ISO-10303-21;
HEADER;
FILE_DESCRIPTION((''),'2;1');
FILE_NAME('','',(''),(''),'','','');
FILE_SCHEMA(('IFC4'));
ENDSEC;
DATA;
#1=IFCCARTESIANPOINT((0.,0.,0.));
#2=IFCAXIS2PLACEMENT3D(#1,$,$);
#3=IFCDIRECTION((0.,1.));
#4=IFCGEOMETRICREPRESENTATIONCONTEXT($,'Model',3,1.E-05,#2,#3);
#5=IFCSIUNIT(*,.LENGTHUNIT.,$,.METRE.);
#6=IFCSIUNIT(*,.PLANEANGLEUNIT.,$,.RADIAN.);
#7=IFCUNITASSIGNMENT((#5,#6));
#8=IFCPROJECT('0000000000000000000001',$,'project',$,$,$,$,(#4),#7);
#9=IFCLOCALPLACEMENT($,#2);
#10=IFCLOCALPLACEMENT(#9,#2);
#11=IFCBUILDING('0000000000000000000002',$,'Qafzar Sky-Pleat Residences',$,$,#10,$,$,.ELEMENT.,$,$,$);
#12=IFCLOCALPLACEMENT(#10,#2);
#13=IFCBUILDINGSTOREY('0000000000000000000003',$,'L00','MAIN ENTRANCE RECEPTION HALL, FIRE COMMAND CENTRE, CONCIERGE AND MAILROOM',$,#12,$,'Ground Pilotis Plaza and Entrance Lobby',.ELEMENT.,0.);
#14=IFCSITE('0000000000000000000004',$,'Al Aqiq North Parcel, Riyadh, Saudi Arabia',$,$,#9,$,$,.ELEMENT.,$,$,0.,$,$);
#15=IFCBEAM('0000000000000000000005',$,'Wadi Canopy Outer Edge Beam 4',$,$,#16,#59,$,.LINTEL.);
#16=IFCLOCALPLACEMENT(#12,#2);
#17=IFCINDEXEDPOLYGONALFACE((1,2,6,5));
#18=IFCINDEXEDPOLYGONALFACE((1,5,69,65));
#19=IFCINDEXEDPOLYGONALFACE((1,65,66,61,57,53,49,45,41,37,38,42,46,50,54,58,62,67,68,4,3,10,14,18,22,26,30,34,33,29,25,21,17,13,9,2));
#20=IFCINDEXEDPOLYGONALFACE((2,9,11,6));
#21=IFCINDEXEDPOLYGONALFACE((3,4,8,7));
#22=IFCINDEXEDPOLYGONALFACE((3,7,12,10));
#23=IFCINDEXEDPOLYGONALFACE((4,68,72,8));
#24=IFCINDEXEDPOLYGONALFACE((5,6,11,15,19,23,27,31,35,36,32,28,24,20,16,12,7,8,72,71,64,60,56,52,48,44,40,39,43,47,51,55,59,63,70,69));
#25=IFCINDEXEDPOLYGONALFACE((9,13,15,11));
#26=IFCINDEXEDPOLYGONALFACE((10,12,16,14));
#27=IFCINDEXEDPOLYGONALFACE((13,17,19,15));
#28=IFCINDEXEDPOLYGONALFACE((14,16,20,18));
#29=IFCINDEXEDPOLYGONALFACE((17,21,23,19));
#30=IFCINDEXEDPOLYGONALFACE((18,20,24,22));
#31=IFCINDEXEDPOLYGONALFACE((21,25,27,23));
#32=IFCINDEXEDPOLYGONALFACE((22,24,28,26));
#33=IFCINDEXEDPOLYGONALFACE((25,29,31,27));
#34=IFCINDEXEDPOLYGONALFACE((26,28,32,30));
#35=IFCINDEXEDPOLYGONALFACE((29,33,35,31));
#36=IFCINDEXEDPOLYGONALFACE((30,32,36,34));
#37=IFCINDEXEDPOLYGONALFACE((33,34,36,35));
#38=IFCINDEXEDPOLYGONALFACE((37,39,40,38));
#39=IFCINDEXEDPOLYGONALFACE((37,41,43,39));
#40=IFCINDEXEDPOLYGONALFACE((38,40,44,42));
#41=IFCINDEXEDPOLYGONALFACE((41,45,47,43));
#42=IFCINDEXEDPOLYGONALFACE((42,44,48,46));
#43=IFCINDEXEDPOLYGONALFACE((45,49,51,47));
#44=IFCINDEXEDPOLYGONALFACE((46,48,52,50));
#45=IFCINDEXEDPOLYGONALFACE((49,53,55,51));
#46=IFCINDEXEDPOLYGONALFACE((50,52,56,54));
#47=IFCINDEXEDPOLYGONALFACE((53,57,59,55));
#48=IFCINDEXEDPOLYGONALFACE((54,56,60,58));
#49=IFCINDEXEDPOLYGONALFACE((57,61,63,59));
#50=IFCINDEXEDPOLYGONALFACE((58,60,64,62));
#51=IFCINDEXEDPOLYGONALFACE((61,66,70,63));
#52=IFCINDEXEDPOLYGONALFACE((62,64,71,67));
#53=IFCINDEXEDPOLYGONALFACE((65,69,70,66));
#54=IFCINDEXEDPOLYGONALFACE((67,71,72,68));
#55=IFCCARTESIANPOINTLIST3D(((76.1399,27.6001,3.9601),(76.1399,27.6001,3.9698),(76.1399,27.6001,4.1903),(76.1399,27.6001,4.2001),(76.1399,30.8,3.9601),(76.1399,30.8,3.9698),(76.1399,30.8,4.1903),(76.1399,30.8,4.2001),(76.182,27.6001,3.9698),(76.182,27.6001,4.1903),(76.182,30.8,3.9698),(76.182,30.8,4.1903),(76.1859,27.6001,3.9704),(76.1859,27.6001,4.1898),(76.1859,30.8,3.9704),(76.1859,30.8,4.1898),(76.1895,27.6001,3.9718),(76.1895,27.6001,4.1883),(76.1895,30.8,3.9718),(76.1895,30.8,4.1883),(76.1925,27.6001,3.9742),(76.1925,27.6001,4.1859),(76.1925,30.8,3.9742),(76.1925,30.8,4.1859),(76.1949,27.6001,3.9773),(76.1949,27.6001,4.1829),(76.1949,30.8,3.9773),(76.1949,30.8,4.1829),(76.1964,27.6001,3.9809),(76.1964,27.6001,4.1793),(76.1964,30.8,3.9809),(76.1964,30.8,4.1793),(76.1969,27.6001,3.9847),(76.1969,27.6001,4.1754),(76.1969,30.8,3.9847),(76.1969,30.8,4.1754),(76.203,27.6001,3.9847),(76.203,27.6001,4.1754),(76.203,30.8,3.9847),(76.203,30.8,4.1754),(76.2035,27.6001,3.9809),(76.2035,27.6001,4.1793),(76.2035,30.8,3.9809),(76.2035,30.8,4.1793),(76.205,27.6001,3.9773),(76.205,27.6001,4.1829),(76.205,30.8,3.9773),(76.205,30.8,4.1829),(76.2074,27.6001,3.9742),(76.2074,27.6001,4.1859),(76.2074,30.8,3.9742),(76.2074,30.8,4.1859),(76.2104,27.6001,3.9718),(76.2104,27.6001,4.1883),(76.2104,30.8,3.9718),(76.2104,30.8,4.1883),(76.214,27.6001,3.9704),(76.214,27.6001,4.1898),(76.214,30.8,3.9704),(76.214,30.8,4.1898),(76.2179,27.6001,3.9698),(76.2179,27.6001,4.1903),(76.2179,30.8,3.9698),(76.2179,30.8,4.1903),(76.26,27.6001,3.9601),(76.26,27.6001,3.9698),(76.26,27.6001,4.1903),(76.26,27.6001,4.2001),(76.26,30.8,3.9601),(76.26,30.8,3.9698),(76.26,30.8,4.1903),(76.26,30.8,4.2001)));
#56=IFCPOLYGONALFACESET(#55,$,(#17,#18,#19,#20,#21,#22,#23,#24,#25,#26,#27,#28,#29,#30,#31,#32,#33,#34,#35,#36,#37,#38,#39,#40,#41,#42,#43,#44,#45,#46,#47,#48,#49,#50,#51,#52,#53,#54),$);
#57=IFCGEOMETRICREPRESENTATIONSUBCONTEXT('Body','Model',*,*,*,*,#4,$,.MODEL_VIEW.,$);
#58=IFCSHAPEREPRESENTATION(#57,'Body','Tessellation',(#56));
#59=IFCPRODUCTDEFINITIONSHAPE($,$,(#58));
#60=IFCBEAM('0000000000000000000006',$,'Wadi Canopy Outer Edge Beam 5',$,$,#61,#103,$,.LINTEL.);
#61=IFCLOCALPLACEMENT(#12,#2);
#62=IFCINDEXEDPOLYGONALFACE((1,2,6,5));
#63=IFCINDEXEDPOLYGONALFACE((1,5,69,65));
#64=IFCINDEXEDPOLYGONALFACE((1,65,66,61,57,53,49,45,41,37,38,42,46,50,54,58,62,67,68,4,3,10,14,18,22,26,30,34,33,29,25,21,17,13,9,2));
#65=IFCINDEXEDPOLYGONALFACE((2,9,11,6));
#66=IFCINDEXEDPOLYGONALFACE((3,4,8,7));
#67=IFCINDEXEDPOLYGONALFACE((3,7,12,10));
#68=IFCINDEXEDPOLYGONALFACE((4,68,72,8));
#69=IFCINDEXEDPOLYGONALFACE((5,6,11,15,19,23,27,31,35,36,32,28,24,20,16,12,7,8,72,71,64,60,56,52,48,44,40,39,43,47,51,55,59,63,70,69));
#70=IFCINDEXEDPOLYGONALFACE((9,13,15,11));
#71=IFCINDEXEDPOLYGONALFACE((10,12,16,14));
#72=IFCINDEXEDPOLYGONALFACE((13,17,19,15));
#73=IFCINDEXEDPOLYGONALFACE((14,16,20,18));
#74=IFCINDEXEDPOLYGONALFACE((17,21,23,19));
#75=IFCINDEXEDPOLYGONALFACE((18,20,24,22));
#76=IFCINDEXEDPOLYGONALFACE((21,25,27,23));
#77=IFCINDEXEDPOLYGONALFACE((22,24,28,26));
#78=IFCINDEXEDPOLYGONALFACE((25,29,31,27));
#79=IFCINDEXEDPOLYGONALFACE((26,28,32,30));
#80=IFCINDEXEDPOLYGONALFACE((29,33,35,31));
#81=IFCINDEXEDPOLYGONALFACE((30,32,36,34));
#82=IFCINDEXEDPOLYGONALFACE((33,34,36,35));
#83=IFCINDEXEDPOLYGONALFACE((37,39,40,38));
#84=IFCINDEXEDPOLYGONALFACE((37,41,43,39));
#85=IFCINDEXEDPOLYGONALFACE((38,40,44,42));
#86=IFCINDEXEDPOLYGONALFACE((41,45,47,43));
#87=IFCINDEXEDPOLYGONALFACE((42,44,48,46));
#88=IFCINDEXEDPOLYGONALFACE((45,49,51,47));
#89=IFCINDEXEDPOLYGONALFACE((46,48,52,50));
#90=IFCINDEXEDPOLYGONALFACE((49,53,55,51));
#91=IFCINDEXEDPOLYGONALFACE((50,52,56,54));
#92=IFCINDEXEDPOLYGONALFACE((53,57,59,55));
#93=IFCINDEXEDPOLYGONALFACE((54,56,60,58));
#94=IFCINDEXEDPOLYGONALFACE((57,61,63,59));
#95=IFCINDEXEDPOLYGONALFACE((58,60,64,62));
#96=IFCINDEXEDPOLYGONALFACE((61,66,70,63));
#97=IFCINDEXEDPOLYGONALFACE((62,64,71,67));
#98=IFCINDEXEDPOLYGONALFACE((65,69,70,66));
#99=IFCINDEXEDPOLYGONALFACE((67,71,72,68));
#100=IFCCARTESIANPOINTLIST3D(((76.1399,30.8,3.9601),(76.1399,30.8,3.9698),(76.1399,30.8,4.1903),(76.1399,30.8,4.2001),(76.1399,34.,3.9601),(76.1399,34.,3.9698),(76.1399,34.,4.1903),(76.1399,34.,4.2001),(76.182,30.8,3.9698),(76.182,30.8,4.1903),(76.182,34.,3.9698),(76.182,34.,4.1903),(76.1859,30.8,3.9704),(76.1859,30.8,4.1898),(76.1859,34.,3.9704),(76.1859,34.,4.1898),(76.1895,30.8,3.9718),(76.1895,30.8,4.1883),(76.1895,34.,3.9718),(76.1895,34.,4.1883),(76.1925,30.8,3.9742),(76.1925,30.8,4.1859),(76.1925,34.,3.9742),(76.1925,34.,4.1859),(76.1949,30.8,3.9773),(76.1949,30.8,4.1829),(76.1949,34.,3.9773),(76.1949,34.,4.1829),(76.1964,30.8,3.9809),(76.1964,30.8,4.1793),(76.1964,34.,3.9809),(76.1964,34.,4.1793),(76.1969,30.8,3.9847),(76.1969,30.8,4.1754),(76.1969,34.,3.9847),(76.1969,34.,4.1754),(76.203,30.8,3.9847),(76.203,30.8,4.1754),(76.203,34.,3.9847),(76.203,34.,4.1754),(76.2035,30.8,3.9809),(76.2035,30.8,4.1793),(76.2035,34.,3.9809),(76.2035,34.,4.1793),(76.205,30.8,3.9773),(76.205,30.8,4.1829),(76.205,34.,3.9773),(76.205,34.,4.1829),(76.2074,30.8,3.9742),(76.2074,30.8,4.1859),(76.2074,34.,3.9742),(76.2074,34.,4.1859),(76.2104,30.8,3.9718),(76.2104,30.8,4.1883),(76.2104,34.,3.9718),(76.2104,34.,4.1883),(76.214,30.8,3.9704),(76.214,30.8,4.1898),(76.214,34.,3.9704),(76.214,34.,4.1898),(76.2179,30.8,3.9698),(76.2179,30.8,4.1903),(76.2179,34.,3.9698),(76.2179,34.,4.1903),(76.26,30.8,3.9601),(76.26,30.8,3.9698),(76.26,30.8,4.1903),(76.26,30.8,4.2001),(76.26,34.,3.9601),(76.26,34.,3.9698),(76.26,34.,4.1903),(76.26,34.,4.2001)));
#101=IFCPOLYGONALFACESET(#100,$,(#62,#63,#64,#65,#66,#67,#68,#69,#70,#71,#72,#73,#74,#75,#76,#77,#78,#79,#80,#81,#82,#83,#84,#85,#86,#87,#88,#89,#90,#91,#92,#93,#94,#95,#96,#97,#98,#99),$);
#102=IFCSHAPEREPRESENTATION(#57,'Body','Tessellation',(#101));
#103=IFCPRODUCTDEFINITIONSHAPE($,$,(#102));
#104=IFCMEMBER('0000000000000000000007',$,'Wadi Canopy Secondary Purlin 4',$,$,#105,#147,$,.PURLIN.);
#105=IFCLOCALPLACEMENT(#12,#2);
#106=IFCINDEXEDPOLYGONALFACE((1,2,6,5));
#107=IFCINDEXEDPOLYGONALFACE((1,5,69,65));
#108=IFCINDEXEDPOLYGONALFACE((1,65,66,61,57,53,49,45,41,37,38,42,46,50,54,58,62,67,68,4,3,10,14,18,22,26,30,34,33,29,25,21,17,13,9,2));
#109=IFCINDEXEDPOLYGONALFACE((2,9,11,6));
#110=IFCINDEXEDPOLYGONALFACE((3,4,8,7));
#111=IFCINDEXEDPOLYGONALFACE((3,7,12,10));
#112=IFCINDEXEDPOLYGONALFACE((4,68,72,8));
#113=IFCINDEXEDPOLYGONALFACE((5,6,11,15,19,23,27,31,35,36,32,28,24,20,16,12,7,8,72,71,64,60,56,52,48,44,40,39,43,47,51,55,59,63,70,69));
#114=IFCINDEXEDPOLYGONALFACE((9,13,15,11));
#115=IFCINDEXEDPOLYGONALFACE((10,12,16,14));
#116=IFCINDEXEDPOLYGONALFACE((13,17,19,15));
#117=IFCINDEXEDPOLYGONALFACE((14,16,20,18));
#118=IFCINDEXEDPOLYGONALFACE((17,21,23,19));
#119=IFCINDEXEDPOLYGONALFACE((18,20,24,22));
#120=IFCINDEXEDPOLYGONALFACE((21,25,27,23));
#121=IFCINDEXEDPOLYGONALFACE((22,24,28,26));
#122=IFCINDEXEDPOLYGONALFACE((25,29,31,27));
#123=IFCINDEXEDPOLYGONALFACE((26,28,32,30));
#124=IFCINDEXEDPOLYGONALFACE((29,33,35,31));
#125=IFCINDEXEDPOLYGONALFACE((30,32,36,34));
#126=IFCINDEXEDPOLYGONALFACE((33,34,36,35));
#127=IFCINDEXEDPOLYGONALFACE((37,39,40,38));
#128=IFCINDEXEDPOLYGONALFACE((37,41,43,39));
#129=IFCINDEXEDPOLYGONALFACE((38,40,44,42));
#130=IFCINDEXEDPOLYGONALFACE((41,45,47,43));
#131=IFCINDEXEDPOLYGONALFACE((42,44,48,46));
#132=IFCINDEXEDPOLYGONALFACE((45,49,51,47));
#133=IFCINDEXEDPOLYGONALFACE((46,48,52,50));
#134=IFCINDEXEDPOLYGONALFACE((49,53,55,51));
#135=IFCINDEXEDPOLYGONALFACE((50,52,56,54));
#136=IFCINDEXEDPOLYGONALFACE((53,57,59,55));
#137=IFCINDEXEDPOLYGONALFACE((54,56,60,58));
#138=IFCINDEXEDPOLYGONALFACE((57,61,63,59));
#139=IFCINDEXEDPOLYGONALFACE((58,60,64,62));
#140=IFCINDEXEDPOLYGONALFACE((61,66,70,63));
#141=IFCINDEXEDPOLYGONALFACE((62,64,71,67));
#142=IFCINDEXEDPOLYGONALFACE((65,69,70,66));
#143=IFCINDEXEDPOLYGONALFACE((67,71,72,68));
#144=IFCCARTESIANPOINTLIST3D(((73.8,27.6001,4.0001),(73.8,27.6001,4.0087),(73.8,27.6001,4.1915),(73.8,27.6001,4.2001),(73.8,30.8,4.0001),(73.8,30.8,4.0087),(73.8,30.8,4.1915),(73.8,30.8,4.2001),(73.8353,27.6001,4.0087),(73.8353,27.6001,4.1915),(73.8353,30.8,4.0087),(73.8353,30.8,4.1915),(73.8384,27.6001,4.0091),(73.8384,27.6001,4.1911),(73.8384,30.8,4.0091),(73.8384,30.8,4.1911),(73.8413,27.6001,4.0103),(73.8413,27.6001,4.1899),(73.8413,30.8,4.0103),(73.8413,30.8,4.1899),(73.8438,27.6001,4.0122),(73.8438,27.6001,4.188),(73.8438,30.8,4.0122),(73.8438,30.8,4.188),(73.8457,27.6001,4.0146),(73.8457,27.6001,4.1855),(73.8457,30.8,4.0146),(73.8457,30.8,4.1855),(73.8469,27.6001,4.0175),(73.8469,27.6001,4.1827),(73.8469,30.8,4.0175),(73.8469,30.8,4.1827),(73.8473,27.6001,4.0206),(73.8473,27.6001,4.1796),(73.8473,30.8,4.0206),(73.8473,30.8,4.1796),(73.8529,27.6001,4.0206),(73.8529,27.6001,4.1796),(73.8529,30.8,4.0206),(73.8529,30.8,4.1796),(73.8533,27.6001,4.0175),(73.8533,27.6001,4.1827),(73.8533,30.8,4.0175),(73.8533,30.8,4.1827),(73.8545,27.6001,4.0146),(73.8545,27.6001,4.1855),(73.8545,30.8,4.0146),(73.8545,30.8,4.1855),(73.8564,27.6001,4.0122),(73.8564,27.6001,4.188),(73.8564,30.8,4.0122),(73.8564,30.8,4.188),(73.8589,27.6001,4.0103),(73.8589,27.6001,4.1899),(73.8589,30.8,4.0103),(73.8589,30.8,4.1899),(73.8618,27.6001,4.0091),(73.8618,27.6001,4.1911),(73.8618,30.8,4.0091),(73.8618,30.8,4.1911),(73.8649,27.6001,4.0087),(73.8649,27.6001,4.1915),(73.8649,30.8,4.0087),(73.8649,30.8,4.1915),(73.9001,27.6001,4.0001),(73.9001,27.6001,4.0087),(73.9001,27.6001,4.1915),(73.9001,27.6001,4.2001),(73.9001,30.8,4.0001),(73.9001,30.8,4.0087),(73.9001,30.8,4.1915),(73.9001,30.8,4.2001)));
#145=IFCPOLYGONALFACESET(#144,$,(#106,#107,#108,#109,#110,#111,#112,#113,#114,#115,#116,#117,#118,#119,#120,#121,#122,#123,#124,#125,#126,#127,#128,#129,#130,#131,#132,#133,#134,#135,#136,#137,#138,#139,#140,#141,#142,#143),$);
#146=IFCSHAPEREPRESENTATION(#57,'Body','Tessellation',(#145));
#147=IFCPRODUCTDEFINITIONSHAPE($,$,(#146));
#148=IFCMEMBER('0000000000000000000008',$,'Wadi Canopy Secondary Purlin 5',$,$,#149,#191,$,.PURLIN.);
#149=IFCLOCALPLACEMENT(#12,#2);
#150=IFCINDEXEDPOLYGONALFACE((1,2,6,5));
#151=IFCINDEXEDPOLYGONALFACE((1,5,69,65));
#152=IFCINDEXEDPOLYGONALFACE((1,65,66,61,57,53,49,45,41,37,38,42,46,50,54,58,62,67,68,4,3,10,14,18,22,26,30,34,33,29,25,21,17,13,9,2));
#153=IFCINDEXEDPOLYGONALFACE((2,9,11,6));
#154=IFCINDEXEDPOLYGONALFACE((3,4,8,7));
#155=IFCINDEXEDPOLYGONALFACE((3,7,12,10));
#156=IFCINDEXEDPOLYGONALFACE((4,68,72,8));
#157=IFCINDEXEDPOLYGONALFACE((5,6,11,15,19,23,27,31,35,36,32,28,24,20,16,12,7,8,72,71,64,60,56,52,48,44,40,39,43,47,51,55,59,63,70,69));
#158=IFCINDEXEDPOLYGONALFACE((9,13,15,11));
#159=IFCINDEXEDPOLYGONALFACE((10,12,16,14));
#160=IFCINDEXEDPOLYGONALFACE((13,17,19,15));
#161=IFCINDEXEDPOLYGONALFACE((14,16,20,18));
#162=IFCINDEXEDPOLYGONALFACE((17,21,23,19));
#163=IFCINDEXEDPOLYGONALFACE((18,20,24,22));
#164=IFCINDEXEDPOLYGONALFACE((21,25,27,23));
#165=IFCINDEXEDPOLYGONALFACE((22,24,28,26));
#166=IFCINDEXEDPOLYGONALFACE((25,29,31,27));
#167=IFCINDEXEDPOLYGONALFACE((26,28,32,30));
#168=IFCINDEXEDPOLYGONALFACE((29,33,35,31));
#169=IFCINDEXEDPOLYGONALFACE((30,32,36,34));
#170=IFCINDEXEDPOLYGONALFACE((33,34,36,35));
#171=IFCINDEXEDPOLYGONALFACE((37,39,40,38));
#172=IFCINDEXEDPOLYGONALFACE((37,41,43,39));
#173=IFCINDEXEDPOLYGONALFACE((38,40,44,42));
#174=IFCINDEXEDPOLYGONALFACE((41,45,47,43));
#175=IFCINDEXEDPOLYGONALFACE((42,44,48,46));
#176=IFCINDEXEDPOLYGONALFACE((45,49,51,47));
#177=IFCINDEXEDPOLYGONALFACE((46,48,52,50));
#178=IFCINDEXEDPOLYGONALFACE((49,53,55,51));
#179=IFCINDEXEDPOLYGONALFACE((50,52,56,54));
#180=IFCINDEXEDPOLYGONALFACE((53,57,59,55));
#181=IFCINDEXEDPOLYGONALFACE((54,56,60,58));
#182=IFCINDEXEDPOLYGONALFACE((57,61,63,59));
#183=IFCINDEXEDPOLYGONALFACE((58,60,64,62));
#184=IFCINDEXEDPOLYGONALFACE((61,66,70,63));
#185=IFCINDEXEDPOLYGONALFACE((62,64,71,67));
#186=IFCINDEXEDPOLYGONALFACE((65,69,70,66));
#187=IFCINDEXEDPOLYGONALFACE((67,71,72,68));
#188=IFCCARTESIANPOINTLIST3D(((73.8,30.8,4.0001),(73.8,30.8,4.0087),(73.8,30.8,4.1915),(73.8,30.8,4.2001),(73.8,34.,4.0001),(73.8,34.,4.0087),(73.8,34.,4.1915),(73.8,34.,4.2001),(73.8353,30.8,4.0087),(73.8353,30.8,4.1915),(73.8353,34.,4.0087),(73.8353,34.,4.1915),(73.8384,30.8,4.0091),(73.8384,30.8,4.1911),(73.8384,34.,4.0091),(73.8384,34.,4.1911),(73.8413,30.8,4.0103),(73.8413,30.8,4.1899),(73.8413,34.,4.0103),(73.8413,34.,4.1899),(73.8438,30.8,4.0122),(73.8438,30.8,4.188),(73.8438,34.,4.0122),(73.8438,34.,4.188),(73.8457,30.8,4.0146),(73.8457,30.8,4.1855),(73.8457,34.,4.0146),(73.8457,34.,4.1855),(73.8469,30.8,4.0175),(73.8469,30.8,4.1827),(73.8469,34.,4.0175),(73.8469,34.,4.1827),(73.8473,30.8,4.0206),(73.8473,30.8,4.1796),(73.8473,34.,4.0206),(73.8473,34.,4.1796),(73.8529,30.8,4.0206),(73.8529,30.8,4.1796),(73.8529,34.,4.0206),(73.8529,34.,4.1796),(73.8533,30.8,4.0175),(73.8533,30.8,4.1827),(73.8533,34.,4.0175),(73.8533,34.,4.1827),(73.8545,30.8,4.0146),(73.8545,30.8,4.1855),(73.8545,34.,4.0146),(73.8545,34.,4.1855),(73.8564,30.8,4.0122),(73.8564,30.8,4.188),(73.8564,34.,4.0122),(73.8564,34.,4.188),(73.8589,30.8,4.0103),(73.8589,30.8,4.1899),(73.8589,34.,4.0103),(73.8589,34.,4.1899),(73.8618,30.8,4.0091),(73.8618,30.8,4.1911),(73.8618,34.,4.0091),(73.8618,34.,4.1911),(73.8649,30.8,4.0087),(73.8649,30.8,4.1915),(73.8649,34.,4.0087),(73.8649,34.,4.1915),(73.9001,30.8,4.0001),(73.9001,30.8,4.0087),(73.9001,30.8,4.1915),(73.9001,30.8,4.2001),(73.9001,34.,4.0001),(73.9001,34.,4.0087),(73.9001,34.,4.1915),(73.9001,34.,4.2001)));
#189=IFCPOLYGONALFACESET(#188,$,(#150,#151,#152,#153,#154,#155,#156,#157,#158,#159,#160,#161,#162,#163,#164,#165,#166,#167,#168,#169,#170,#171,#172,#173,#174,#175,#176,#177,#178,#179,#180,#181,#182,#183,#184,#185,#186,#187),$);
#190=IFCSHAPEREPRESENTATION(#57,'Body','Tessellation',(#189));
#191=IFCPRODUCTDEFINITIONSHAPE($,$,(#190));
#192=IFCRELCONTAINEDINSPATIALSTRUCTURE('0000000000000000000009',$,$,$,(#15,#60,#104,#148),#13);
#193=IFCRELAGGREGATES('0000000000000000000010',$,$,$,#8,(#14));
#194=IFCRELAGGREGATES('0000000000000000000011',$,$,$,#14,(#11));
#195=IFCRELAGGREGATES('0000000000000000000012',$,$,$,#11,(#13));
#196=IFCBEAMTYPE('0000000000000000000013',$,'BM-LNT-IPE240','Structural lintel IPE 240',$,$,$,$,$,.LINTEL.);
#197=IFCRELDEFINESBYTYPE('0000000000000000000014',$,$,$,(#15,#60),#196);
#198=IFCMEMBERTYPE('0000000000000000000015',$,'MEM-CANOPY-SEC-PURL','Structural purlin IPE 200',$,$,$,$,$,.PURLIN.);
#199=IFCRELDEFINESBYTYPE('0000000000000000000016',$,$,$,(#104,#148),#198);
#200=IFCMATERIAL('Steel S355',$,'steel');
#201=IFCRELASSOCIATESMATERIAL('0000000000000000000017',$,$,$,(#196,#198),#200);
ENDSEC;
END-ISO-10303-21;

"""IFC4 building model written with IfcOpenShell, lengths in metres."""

from ifc_helpers import new_model, si_unit, direction, frame, origin, origin_2d, place, context, subcontext, project, spatial, i_section, extrude, source, transform, mapped, material, material_profile, profile_set, type_object, element, save


model = new_model("IFC4")

# Units and contexts
model_context = context("Model", 3, precision=1e-05, world=origin(), true_north=direction((0.0, 1.0)))
body_context = subcontext(model_context, "Body", "Model", "MODEL_VIEW")
ifc_project = project(units=[si_unit("LENGTHUNIT", "METRE"), si_unit("PLANEANGLEUNIT", "RADIAN")], contexts=[model_context])

# Site, building, storey
site_placement = place(None, origin())
site = spatial("IfcSite", under=ifc_project, at=site_placement, Name="Al Aqiq North Parcel, Riyadh, Saudi Arabia", CompositionType="ELEMENT", RefElevation=0.0)
building_placement = place(site_placement, origin())
building = spatial("IfcBuilding", under=site, at=building_placement, Name="Qafzar Sky-Pleat Residences", CompositionType="ELEMENT")
storey_placement = place(building_placement, origin())
storey = spatial("IfcBuildingStorey", under=building, at=storey_placement, Name="L00", Description="MAIN ENTRANCE RECEPTION HALL, FIRE COMMAND CENTRE, CONCIERGE AND MAILROOM", LongName="Ground Pilotis Plaza and Entrance Lobby", CompositionType="ELEMENT", Elevation=0.0)

# Shared definitions
ifc_material_1 = material(Name="Steel S355", Category="steel")

# Beams
ifc_material_profile_1 = material_profile(ifc_material_1, i_section(OverallWidth=0.1201, OverallDepth=0.24, WebThickness=0.0061, FlangeThickness=0.0098, FilletRadius=0.0149, at=origin_2d()), Name="IPE 240")
ifc_profile_set_1 = profile_set([ifc_material_profile_1], Name="Steel S355")
beam_type = type_object("IfcBeamType", Name="BM-LNT-IPE240", Description="Structural lintel IPE 240", PredefinedType="LINTEL", material=ifc_profile_set_1)
shared_shape_1 = source(origin(), body_context, "Body", "SweptSolid", [
    extrude(i_section(OverallWidth=0.1201, OverallDepth=0.24, WebThickness=0.0061, FlangeThickness=0.0098, FilletRadius=0.0149, at=origin_2d()), origin(), (0.0, 0.0, 1.0), 3.2),
])
for number, where, z_axis, x_axis, name in (
    (1, (76.2, 27.6001, 4.0801), (0.0, 1.0, 0.0), (-1.0, 0.0, 0.0), "Wadi Canopy Outer Edge Beam 4"),
    (2, (76.2, 30.8, 4.0801), (0.0, 1.0, 0.0), (-1.0, 0.0, 0.0), "Wadi Canopy Outer Edge Beam 5"),
):
    element("IfcBeam", number, at=place(storey_placement, frame(where, z_axis=z_axis, x_axis=x_axis)), inside=storey, type_object=beam_type, Name=name, PredefinedType="LINTEL", context=body_context, shape_type="MappedRepresentation", body=[
        mapped(shared_shape_1, transform((0.0, 0.0, 0.0), x_axis=(1.0, 0.0, 0.0), y_axis=(0.0, 1.0, 0.0), z_axis=(0.0, 0.0, 1.0), scale=1.0)),
    ])

# Members
ifc_material_profile_2 = material_profile(ifc_material_1, i_section(OverallWidth=0.1001, OverallDepth=0.2, WebThickness=0.0056, FlangeThickness=0.0085, FilletRadius=0.012, at=origin_2d()), Name="IPE 200")
ifc_profile_set_2 = profile_set([ifc_material_profile_2], Name="Steel S355")
member_type_1 = type_object("IfcMemberType", Name="MEM-CANOPY-SEC-PURL", Description="Structural purlin IPE 200", PredefinedType="PURLIN", material=ifc_profile_set_2)
shared_shape_2 = source(origin(), body_context, "Body", "SweptSolid", [
    extrude(i_section(OverallWidth=0.1001, OverallDepth=0.2, WebThickness=0.0056, FlangeThickness=0.0085, FilletRadius=0.012, at=origin_2d()), origin(), (0.0, 0.0, 1.0), 3.2),
])
for number, where, z_axis, x_axis, name in (
    (3, (73.8501, 27.6001, 4.1001), (0.0, 1.0, 0.0), (-1.0, 0.0, 0.0), "Wadi Canopy Secondary Purlin 4"),
    (4, (73.8501, 30.8, 4.1001), (0.0, 1.0, 0.0), (-1.0, 0.0, 0.0), "Wadi Canopy Secondary Purlin 5"),
):
    element("IfcMember", number, at=place(storey_placement, frame(where, z_axis=z_axis, x_axis=x_axis)), inside=storey, type_object=member_type_1, Name=name, PredefinedType="PURLIN", context=body_context, shape_type="MappedRepresentation", body=[
        mapped(shared_shape_2, transform((0.0, 0.0, 0.0), x_axis=(1.0, 0.0, 0.0), y_axis=(0.0, 1.0, 0.0), z_axis=(0.0, 0.0, 1.0), scale=1.0)),
    ])

save(model, "model.ifc")
